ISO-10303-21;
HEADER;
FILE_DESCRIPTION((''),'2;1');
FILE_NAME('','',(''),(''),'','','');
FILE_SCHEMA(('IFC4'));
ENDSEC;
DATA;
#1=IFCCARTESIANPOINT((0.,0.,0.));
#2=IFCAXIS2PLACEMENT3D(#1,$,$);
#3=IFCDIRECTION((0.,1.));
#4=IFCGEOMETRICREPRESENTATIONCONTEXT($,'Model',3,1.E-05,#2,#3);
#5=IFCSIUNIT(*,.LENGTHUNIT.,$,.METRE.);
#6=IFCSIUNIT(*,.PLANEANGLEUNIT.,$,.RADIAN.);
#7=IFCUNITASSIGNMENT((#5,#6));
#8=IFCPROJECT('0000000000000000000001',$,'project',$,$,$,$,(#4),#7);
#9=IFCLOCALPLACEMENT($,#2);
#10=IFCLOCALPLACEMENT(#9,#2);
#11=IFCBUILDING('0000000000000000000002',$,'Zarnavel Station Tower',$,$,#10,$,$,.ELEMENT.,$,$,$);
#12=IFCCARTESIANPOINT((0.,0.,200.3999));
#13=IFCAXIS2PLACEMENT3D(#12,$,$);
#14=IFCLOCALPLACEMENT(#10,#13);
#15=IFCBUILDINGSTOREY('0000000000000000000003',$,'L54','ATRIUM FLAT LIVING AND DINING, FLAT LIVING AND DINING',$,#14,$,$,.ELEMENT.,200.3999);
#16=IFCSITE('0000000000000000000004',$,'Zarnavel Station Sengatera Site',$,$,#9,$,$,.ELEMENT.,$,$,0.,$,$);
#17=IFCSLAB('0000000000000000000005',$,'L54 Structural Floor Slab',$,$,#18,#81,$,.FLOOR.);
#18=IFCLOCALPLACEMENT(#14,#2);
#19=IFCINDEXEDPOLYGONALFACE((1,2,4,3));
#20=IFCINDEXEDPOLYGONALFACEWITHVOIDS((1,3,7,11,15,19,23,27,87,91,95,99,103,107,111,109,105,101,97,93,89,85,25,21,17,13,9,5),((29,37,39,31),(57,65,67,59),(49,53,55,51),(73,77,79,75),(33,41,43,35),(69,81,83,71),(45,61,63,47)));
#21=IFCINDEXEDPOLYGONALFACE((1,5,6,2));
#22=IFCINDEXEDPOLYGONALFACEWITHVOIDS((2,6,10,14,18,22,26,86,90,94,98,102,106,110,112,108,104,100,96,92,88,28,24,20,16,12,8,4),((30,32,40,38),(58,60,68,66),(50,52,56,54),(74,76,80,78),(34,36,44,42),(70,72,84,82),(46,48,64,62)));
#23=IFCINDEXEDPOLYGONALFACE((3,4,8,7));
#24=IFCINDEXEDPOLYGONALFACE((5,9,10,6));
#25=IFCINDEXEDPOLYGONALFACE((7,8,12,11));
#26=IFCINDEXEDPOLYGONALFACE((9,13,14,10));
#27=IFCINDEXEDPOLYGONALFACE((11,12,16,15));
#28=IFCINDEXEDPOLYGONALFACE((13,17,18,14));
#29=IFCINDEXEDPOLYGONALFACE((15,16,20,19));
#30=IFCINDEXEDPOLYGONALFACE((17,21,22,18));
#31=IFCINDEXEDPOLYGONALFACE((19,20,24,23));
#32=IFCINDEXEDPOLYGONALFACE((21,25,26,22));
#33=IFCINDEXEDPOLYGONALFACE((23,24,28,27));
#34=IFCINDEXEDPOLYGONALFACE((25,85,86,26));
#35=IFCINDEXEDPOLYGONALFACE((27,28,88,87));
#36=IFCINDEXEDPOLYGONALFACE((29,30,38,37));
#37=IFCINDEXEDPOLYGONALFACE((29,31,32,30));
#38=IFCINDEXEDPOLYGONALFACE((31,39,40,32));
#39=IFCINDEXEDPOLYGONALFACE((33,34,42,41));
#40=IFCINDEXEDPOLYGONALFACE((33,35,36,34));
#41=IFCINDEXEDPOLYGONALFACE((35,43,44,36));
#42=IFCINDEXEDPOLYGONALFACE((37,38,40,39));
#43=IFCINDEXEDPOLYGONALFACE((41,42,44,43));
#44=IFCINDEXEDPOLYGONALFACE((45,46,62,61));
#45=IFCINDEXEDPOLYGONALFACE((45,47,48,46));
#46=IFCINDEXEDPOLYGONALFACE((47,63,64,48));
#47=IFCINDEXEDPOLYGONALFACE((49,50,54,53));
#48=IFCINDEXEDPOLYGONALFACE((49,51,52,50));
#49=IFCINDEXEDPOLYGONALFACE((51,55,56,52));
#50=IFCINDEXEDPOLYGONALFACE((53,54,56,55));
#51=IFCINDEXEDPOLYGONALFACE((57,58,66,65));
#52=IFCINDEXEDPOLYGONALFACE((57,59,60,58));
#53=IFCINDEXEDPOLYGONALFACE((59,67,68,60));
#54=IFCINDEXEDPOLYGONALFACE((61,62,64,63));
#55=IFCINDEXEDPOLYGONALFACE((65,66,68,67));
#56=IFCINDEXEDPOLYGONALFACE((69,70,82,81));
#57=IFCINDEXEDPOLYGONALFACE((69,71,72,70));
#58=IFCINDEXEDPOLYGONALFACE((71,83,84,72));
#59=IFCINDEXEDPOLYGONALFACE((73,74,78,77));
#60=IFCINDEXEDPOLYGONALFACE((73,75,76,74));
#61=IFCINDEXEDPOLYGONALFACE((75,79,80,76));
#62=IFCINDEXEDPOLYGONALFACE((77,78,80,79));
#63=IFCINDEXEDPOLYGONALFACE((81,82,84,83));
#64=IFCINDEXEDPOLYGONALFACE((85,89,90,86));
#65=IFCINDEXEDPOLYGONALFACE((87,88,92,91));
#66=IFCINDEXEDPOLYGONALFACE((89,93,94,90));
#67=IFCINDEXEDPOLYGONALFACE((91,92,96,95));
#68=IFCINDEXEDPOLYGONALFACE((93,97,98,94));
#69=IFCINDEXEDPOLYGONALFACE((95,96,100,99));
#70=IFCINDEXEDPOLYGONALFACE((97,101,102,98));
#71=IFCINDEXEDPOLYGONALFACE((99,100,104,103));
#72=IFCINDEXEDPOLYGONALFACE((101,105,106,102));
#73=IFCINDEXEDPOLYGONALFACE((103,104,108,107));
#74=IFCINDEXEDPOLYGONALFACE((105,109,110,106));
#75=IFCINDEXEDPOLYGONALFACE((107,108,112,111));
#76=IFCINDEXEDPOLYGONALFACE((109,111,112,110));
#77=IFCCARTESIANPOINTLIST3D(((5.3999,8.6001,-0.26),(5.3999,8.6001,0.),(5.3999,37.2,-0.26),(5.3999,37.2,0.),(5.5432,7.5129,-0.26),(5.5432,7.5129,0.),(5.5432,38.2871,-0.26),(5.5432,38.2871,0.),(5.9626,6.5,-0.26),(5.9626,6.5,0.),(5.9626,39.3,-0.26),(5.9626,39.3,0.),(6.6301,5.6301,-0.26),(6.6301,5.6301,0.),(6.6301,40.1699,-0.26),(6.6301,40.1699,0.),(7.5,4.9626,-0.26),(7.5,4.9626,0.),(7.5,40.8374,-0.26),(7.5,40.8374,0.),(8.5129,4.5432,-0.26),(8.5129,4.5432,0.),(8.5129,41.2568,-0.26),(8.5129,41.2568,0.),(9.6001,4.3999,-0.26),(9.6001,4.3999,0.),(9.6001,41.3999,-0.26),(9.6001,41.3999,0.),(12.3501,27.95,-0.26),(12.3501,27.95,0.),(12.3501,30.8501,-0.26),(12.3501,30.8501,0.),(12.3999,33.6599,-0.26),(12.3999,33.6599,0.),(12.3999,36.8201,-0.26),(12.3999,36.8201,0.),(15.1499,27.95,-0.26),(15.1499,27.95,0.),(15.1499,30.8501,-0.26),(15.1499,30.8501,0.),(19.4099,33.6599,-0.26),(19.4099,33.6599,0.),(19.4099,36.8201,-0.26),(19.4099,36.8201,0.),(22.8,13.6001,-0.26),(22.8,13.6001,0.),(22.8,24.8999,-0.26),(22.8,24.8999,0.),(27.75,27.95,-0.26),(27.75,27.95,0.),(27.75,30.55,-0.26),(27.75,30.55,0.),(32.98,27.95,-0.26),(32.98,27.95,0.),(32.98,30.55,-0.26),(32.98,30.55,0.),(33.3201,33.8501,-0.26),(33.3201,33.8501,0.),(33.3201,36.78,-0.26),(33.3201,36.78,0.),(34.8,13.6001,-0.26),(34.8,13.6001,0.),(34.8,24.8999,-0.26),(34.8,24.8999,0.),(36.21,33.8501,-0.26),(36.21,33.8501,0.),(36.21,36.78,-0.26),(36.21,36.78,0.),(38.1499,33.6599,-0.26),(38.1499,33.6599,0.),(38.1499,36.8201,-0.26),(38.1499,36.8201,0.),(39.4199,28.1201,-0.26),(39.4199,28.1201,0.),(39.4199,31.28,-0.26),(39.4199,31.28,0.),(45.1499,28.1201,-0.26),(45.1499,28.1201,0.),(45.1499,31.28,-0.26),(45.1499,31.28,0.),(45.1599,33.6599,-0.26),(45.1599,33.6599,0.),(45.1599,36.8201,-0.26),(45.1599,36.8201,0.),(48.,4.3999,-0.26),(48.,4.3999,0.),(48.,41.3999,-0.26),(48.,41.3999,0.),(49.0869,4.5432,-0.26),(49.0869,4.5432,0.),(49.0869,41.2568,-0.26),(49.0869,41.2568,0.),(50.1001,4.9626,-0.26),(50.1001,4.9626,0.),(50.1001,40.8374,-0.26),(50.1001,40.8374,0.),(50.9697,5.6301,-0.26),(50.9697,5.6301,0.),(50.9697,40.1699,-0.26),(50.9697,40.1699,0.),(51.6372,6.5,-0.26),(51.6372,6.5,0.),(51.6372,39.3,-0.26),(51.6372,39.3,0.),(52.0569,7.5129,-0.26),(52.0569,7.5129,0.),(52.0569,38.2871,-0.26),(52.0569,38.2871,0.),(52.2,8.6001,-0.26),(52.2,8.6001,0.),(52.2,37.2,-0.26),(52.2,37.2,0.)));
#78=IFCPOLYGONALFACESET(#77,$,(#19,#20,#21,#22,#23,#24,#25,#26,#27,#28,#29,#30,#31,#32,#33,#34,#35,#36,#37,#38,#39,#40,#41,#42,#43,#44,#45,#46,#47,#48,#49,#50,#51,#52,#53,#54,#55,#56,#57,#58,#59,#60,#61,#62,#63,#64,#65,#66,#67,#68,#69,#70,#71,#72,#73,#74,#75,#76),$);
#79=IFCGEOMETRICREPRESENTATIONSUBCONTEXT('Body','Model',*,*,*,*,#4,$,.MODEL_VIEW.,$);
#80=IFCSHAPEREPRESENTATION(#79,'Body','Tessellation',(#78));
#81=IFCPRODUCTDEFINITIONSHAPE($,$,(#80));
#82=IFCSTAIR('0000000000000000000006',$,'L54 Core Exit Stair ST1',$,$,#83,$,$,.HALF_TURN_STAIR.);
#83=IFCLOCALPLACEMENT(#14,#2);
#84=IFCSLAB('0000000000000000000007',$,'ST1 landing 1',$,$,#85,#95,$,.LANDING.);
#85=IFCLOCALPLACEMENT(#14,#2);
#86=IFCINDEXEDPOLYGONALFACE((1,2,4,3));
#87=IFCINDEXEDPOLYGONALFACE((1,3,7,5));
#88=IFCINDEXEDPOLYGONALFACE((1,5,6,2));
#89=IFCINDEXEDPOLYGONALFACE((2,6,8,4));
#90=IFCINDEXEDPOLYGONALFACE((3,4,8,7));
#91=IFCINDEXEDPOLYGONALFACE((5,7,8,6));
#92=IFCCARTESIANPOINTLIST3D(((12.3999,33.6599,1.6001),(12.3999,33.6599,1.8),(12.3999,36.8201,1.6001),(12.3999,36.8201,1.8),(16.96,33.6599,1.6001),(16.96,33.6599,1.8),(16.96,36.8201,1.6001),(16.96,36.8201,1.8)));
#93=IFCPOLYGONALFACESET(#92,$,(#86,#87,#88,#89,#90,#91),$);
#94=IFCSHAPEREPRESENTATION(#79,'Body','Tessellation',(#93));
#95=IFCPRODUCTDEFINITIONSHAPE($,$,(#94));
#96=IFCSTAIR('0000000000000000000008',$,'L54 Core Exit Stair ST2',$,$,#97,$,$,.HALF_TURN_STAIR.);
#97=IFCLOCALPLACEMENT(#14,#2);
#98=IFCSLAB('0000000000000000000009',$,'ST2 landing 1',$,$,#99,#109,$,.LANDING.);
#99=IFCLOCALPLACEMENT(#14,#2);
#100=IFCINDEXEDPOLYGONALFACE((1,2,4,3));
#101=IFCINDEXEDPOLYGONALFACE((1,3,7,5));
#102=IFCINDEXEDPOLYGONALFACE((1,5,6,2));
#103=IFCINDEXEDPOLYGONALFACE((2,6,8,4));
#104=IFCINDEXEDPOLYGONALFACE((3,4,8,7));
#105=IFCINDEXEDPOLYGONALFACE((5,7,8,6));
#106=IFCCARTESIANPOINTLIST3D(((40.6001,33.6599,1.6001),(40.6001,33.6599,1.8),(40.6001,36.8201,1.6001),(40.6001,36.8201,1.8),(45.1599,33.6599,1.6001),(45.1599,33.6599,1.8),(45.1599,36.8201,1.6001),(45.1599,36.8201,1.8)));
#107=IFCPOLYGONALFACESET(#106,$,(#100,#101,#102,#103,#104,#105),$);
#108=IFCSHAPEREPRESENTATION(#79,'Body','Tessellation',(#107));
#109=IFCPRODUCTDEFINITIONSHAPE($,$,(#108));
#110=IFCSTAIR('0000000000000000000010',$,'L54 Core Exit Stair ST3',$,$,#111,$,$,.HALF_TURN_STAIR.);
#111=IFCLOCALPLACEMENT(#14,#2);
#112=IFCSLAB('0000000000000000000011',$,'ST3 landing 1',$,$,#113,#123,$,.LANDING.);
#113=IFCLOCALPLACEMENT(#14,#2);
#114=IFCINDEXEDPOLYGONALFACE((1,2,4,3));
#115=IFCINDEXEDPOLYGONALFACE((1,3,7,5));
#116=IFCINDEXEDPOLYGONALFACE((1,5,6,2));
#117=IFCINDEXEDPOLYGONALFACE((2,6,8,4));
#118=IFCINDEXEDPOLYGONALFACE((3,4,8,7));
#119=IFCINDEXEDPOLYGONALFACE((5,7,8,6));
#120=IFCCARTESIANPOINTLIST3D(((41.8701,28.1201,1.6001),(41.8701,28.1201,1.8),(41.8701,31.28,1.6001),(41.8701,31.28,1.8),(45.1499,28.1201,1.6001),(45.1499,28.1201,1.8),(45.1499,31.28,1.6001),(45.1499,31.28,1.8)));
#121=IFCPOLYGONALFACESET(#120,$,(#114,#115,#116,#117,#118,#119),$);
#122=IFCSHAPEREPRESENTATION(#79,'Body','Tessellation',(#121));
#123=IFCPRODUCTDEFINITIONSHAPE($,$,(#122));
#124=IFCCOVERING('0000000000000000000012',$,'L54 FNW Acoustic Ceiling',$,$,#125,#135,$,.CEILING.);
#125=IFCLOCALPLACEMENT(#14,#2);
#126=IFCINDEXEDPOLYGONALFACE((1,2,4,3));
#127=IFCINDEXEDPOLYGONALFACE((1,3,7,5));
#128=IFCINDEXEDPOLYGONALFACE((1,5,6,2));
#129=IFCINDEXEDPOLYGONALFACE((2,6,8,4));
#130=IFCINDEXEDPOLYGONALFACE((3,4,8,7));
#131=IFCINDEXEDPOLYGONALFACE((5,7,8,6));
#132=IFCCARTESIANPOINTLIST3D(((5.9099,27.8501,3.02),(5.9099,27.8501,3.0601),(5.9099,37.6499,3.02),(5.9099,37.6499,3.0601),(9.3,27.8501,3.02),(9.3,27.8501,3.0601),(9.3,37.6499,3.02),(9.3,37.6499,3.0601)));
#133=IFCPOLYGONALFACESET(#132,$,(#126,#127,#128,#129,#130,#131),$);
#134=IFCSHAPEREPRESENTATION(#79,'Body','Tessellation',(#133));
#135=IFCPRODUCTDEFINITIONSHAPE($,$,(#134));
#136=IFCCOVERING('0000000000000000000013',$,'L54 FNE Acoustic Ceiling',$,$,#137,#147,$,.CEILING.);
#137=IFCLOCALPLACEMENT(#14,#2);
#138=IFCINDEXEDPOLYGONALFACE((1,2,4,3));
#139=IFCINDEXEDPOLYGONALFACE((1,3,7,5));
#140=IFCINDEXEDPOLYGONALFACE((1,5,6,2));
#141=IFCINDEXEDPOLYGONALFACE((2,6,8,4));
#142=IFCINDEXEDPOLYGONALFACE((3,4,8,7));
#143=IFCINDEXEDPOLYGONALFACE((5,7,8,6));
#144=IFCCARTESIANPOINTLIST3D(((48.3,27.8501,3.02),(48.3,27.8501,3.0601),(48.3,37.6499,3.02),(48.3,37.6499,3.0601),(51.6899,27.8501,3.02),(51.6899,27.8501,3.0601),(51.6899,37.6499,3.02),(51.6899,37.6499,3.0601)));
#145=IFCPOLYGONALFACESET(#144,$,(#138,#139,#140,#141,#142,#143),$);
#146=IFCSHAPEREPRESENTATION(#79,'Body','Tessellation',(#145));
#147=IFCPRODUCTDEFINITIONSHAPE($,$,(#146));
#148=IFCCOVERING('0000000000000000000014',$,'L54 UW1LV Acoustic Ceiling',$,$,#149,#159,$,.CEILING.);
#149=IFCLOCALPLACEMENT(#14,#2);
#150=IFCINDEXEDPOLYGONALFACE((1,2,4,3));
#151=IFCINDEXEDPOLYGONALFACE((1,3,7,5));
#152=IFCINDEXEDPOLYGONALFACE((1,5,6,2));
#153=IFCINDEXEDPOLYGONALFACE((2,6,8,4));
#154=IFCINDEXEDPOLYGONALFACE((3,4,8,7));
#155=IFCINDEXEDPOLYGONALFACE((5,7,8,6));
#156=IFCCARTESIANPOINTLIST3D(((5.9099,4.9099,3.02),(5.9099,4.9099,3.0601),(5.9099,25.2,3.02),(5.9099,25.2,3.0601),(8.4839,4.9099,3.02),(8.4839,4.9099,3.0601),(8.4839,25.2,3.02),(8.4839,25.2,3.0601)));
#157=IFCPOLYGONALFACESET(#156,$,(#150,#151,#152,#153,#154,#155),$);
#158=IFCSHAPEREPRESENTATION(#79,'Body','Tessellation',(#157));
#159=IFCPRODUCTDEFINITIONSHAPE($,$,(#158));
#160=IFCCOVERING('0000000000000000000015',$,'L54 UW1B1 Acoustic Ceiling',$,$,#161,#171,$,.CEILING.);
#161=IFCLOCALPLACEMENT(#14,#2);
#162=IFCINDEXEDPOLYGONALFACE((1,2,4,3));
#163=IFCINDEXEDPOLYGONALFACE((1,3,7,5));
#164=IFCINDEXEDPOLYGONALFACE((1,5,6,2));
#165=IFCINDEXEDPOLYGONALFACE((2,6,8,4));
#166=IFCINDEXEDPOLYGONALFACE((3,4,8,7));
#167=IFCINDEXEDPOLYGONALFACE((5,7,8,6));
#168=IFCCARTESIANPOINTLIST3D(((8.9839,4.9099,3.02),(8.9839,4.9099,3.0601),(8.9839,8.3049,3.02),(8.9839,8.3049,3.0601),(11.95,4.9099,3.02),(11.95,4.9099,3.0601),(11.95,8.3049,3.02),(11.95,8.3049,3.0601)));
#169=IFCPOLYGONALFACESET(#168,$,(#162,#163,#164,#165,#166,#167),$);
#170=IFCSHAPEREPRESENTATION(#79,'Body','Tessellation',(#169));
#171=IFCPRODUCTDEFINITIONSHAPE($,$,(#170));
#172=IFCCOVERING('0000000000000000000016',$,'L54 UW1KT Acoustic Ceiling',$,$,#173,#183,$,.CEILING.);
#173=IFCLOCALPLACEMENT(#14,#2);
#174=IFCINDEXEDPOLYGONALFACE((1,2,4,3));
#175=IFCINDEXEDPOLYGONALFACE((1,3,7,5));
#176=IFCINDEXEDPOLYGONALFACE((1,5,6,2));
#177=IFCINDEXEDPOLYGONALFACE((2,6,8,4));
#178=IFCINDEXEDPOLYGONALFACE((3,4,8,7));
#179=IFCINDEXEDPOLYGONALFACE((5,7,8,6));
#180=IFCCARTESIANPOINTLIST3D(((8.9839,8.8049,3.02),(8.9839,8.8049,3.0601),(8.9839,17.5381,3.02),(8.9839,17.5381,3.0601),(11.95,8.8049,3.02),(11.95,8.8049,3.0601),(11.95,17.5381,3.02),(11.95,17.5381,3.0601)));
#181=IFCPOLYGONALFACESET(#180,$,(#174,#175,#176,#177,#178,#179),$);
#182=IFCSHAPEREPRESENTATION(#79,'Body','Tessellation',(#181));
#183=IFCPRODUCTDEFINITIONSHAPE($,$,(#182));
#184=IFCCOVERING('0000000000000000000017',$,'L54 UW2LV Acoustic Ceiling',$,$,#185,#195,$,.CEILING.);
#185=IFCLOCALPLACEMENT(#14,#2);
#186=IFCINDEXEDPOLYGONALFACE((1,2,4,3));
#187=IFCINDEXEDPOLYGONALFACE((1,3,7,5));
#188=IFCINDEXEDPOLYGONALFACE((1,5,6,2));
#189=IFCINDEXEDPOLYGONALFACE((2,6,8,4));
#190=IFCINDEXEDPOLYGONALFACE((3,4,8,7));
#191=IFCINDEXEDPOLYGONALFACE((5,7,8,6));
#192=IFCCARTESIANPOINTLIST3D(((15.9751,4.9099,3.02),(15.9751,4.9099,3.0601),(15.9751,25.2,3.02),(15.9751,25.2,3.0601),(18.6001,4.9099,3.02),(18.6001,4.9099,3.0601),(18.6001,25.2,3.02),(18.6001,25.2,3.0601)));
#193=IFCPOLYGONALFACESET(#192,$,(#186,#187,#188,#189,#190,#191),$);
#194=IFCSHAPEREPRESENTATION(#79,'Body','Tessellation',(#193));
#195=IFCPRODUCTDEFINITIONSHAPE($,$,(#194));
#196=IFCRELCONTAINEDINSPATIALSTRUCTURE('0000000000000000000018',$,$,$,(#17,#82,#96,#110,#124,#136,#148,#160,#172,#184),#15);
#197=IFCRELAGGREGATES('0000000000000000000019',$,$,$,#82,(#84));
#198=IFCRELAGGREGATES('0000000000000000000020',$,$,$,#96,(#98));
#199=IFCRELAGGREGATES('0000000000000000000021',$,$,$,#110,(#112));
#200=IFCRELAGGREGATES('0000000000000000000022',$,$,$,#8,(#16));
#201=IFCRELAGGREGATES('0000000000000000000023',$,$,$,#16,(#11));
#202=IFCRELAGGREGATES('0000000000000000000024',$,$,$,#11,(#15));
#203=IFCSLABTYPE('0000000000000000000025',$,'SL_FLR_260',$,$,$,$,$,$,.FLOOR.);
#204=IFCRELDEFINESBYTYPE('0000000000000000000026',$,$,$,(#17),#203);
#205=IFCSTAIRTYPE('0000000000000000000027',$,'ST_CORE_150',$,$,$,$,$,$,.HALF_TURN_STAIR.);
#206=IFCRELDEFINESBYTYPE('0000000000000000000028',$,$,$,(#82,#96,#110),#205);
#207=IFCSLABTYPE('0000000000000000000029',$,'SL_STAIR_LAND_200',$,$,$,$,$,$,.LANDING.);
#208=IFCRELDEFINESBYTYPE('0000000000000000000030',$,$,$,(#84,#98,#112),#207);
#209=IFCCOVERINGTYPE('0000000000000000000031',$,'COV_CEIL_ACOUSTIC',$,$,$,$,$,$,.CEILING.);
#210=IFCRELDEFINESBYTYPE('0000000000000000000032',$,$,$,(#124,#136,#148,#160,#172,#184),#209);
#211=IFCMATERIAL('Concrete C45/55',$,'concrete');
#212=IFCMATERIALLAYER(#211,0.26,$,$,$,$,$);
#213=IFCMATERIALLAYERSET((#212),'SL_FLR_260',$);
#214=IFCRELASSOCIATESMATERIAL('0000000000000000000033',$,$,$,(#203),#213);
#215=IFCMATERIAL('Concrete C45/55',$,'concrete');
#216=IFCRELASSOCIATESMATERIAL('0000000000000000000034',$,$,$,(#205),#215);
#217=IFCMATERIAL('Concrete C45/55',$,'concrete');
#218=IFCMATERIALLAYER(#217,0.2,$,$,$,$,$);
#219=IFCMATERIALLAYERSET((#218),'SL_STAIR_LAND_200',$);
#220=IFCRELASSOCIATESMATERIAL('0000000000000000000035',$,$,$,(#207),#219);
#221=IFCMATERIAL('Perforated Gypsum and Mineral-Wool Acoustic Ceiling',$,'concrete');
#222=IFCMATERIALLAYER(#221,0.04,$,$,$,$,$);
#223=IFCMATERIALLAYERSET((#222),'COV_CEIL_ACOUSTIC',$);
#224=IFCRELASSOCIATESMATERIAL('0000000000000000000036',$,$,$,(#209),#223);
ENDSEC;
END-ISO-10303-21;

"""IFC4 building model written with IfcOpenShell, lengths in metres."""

from ifc_helpers import new_model, si_unit, direction, frame, origin, place, context, subcontext, project, spatial, polyline, outline, extrude, material, layer, layer_set, type_object, element, aggregate, save


model = new_model("IFC4")

# Units and contexts
model_context = context("Model", 3, precision=1e-05, world=origin(), true_north=direction((0.0, 1.0)))
body_context = subcontext(model_context, "Body", "Model", "MODEL_VIEW")
ifc_project = project(units=[si_unit("LENGTHUNIT", "METRE"), si_unit("PLANEANGLEUNIT", "RADIAN")], contexts=[model_context])

# Site, building, storey
site_placement = place(None, origin())
site = spatial("IfcSite", under=ifc_project, at=site_placement, Name="Zarnavel Station Sengatera Site", CompositionType="ELEMENT", RefElevation=0.0)
building_placement = place(site_placement, origin())
building = spatial("IfcBuilding", under=site, at=building_placement, Name="Zarnavel Station Tower", CompositionType="ELEMENT")
storey_placement = place(building_placement, frame((0.0, 0.0, 200.3999)))
storey = spatial("IfcBuildingStorey", under=building, at=storey_placement, Name="L54", Description="ATRIUM FLAT LIVING AND DINING, FLAT LIVING AND DINING", CompositionType="ELEMENT", Elevation=200.3999)

# Slab
ifc_material_1 = material(Name="Concrete C45/55", Category="concrete")
ifc_layer_1 = layer(ifc_material_1, 0.26)
ifc_layer_set_1 = layer_set([ifc_layer_1], Name="SL_FLR_260")
slab_type_1 = type_object("IfcSlabType", Name="SL_FLR_260", PredefinedType="FLOOR", material=ifc_layer_set_1)
slab_1_placement = place(storey_placement, frame((0.0, 0.0, -0.26)))
element("IfcSlab", 1, at=slab_1_placement, inside=storey, type_object=slab_type_1, Name="L54 Structural Floor Slab", PredefinedType="FLOOR", context=body_context, shape_type="SweptSolid", body=[
    extrude(outline(polyline([(48.0, 4.3999), (49.0869, 4.5432), (50.1001, 4.9626), (50.9697, 5.6301), (51.6372, 6.5), (52.0569, 7.5129), (52.2, 8.6001), (52.2, 37.2), (52.0569, 38.2871), (51.6372, 39.3), (50.9697, 40.1699), (50.1001, 40.8374), (49.0869, 41.2568), (48.0, 41.3999), (9.6001, 41.3999), (8.5129, 41.2568), (7.5, 40.8374), (6.6301, 40.1699), (5.9626, 39.3), (5.5432, 38.2871), (5.3999, 37.2), (5.3999, 8.6001), (5.5432, 7.5129), (5.9626, 6.5), (6.6301, 5.6301), (7.5, 4.9626), (8.5129, 4.5432), (9.6001, 4.3999), (48.0, 4.3999)]), holes=[polyline([(12.3999, 33.6599), (19.4099, 33.6599), (19.4099, 36.8201), (12.3999, 36.8201), (12.3999, 33.6599)]), polyline([(38.1499, 33.6599), (45.1599, 33.6599), (45.1599, 36.8201), (38.1499, 36.8201), (38.1499, 33.6599)]), polyline([(39.4199, 28.1201), (45.1499, 28.1201), (45.1499, 31.28), (39.4199, 31.28), (39.4199, 28.1201)]), polyline([(12.3501, 27.95), (15.1499, 27.95), (15.1499, 30.8501), (12.3501, 30.8501), (12.3501, 27.95)]), polyline([(33.3201, 33.8501), (36.21, 33.8501), (36.21, 36.78), (33.3201, 36.78), (33.3201, 33.8501)]), polyline([(27.75, 27.95), (32.98, 27.95), (32.98, 30.55), (27.75, 30.55), (27.75, 27.95)]), polyline([(22.8, 13.6001), (34.8, 13.6001), (34.8, 24.8999), (22.8, 24.8999), (22.8, 13.6001)])]), origin(), (0.0, 0.0, 1.0), 0.26),
])

# Stairs, slabs
ifc_material_2 = material(Name="Concrete C45/55", Category="concrete")
stair_type = type_object("IfcStairType", Name="ST_CORE_150", PredefinedType="HALF_TURN_STAIR", material=ifc_material_2)
stair_1_placement = place(storey_placement, origin())
stair_1 = element("IfcStair", 2, at=stair_1_placement, inside=storey, type_object=stair_type, Name="L54 Core Exit Stair ST1", PredefinedType="HALF_TURN_STAIR")
ifc_material_3 = material(Name="Concrete C45/55", Category="concrete")
ifc_layer_2 = layer(ifc_material_3, 0.2)
ifc_layer_set_2 = layer_set([ifc_layer_2], Name="SL_STAIR_LAND_200")
slab_type_2 = type_object("IfcSlabType", Name="SL_STAIR_LAND_200", PredefinedType="LANDING", material=ifc_layer_set_2)
slab_2_placement = place(storey_placement, frame((0.0, 0.0, 1.6001)))
slab_2 = element("IfcSlab", 3, at=slab_2_placement, type_object=slab_type_2, Name="ST1 landing 1", PredefinedType="LANDING", context=body_context, shape_type="SweptSolid", body=[
    extrude(outline(polyline([(16.96, 36.8201), (12.3999, 36.8201), (12.3999, 33.6599), (16.96, 33.6599), (16.96, 36.8201)])), origin(), (0.0, 0.0, 1.0), 0.2),
])
aggregate(stair_1, [slab_2])
stair_2_placement = place(storey_placement, origin())
stair_2 = element("IfcStair", 4, at=stair_2_placement, inside=storey, type_object=stair_type, Name="L54 Core Exit Stair ST2", PredefinedType="HALF_TURN_STAIR")
slab_3_placement = place(storey_placement, frame((0.0, 0.0, 1.6001)))
slab_3 = element("IfcSlab", 5, at=slab_3_placement, type_object=slab_type_2, Name="ST2 landing 1", PredefinedType="LANDING", context=body_context, shape_type="SweptSolid", body=[
    extrude(outline(polyline([(40.6001, 33.6599), (45.1599, 33.6599), (45.1599, 36.8201), (40.6001, 36.8201), (40.6001, 33.6599)])), origin(), (0.0, 0.0, 1.0), 0.2),
])
aggregate(stair_2, [slab_3])
stair_3_placement = place(storey_placement, origin())
stair_3 = element("IfcStair", 6, at=stair_3_placement, inside=storey, type_object=stair_type, Name="L54 Core Exit Stair ST3", PredefinedType="HALF_TURN_STAIR")
slab_4_placement = place(storey_placement, frame((0.0, 0.0, 1.6001)))
slab_4 = element("IfcSlab", 7, at=slab_4_placement, type_object=slab_type_2, Name="ST3 landing 1", PredefinedType="LANDING", context=body_context, shape_type="SweptSolid", body=[
    extrude(outline(polyline([(41.8701, 28.1201), (45.1499, 28.1201), (45.1499, 31.28), (41.8701, 31.28), (41.8701, 28.1201)])), origin(), (0.0, 0.0, 1.0), 0.2),
])
aggregate(stair_3, [slab_4])

# Coverings
ifc_material_4 = material(Name="Perforated Gypsum and Mineral-Wool Acoustic Ceiling", Category="concrete")
ifc_layer_3 = layer(ifc_material_4, 0.04)
ifc_layer_set_3 = layer_set([ifc_layer_3], Name="COV_CEIL_ACOUSTIC")
covering_type_1 = type_object("IfcCoveringType", Name="COV_CEIL_ACOUSTIC", PredefinedType="CEILING", material=ifc_layer_set_3)
covering_1_placement = place(storey_placement, frame((0.0, 0.0, 3.02)))
element("IfcCovering", 8, at=covering_1_placement, inside=storey, type_object=covering_type_1, Name="L54 FNW Acoustic Ceiling", PredefinedType="CEILING", context=body_context, shape_type="SweptSolid", body=[
    extrude(outline(polyline([(5.9099, 27.8501), (9.3, 27.8501), (9.3, 37.6499), (5.9099, 37.6499), (5.9099, 27.8501)])), origin(), (0.0, 0.0, 1.0), 0.04),
])
covering_2_placement = place(storey_placement, frame((0.0, 0.0, 3.02)))
element("IfcCovering", 9, at=covering_2_placement, inside=storey, type_object=covering_type_1, Name="L54 FNE Acoustic Ceiling", PredefinedType="CEILING", context=body_context, shape_type="SweptSolid", body=[
    extrude(outline(polyline([(48.3, 27.8501), (51.6899, 27.8501), (51.6899, 37.6499), (48.3, 37.6499), (48.3, 27.8501)])), origin(), (0.0, 0.0, 1.0), 0.04),
])
covering_3_placement = place(storey_placement, frame((0.0, 0.0, 3.02)))
element("IfcCovering", 10, at=covering_3_placement, inside=storey, type_object=covering_type_1, Name="L54 UW1LV Acoustic Ceiling", PredefinedType="CEILING", context=body_context, shape_type="SweptSolid", body=[
    extrude(outline(polyline([(5.9099, 4.9099), (8.4839, 4.9099), (8.4839, 25.2), (5.9099, 25.2), (5.9099, 4.9099)])), origin(), (0.0, 0.0, 1.0), 0.04),
])
covering_4_placement = place(storey_placement, frame((0.0, 0.0, 3.02)))
element("IfcCovering", 11, at=covering_4_placement, inside=storey, type_object=covering_type_1, Name="L54 UW1B1 Acoustic Ceiling", PredefinedType="CEILING", context=body_context, shape_type="SweptSolid", body=[
    extrude(outline(polyline([(8.9839, 4.9099), (11.95, 4.9099), (11.95, 8.3049), (8.9839, 8.3049), (8.9839, 4.9099)])), origin(), (0.0, 0.0, 1.0), 0.04),
])
covering_5_placement = place(storey_placement, frame((0.0, 0.0, 3.02)))
element("IfcCovering", 12, at=covering_5_placement, inside=storey, type_object=covering_type_1, Name="L54 UW1KT Acoustic Ceiling", PredefinedType="CEILING", context=body_context, shape_type="SweptSolid", body=[
    extrude(outline(polyline([(8.9839, 8.8049), (11.95, 8.8049), (11.95, 17.5381), (8.9839, 17.5381), (8.9839, 8.8049)])), origin(), (0.0, 0.0, 1.0), 0.04),
])
covering_6_placement = place(storey_placement, frame((0.0, 0.0, 3.02)))
element("IfcCovering", 13, at=covering_6_placement, inside=storey, type_object=covering_type_1, Name="L54 UW2LV Acoustic Ceiling", PredefinedType="CEILING", context=body_context, shape_type="SweptSolid", body=[
    extrude(outline(polyline([(15.9751, 4.9099), (18.6001, 4.9099), (18.6001, 25.2), (15.9751, 25.2), (15.9751, 4.9099)])), origin(), (0.0, 0.0, 1.0), 0.04),
])

save(model, "model.ifc")
